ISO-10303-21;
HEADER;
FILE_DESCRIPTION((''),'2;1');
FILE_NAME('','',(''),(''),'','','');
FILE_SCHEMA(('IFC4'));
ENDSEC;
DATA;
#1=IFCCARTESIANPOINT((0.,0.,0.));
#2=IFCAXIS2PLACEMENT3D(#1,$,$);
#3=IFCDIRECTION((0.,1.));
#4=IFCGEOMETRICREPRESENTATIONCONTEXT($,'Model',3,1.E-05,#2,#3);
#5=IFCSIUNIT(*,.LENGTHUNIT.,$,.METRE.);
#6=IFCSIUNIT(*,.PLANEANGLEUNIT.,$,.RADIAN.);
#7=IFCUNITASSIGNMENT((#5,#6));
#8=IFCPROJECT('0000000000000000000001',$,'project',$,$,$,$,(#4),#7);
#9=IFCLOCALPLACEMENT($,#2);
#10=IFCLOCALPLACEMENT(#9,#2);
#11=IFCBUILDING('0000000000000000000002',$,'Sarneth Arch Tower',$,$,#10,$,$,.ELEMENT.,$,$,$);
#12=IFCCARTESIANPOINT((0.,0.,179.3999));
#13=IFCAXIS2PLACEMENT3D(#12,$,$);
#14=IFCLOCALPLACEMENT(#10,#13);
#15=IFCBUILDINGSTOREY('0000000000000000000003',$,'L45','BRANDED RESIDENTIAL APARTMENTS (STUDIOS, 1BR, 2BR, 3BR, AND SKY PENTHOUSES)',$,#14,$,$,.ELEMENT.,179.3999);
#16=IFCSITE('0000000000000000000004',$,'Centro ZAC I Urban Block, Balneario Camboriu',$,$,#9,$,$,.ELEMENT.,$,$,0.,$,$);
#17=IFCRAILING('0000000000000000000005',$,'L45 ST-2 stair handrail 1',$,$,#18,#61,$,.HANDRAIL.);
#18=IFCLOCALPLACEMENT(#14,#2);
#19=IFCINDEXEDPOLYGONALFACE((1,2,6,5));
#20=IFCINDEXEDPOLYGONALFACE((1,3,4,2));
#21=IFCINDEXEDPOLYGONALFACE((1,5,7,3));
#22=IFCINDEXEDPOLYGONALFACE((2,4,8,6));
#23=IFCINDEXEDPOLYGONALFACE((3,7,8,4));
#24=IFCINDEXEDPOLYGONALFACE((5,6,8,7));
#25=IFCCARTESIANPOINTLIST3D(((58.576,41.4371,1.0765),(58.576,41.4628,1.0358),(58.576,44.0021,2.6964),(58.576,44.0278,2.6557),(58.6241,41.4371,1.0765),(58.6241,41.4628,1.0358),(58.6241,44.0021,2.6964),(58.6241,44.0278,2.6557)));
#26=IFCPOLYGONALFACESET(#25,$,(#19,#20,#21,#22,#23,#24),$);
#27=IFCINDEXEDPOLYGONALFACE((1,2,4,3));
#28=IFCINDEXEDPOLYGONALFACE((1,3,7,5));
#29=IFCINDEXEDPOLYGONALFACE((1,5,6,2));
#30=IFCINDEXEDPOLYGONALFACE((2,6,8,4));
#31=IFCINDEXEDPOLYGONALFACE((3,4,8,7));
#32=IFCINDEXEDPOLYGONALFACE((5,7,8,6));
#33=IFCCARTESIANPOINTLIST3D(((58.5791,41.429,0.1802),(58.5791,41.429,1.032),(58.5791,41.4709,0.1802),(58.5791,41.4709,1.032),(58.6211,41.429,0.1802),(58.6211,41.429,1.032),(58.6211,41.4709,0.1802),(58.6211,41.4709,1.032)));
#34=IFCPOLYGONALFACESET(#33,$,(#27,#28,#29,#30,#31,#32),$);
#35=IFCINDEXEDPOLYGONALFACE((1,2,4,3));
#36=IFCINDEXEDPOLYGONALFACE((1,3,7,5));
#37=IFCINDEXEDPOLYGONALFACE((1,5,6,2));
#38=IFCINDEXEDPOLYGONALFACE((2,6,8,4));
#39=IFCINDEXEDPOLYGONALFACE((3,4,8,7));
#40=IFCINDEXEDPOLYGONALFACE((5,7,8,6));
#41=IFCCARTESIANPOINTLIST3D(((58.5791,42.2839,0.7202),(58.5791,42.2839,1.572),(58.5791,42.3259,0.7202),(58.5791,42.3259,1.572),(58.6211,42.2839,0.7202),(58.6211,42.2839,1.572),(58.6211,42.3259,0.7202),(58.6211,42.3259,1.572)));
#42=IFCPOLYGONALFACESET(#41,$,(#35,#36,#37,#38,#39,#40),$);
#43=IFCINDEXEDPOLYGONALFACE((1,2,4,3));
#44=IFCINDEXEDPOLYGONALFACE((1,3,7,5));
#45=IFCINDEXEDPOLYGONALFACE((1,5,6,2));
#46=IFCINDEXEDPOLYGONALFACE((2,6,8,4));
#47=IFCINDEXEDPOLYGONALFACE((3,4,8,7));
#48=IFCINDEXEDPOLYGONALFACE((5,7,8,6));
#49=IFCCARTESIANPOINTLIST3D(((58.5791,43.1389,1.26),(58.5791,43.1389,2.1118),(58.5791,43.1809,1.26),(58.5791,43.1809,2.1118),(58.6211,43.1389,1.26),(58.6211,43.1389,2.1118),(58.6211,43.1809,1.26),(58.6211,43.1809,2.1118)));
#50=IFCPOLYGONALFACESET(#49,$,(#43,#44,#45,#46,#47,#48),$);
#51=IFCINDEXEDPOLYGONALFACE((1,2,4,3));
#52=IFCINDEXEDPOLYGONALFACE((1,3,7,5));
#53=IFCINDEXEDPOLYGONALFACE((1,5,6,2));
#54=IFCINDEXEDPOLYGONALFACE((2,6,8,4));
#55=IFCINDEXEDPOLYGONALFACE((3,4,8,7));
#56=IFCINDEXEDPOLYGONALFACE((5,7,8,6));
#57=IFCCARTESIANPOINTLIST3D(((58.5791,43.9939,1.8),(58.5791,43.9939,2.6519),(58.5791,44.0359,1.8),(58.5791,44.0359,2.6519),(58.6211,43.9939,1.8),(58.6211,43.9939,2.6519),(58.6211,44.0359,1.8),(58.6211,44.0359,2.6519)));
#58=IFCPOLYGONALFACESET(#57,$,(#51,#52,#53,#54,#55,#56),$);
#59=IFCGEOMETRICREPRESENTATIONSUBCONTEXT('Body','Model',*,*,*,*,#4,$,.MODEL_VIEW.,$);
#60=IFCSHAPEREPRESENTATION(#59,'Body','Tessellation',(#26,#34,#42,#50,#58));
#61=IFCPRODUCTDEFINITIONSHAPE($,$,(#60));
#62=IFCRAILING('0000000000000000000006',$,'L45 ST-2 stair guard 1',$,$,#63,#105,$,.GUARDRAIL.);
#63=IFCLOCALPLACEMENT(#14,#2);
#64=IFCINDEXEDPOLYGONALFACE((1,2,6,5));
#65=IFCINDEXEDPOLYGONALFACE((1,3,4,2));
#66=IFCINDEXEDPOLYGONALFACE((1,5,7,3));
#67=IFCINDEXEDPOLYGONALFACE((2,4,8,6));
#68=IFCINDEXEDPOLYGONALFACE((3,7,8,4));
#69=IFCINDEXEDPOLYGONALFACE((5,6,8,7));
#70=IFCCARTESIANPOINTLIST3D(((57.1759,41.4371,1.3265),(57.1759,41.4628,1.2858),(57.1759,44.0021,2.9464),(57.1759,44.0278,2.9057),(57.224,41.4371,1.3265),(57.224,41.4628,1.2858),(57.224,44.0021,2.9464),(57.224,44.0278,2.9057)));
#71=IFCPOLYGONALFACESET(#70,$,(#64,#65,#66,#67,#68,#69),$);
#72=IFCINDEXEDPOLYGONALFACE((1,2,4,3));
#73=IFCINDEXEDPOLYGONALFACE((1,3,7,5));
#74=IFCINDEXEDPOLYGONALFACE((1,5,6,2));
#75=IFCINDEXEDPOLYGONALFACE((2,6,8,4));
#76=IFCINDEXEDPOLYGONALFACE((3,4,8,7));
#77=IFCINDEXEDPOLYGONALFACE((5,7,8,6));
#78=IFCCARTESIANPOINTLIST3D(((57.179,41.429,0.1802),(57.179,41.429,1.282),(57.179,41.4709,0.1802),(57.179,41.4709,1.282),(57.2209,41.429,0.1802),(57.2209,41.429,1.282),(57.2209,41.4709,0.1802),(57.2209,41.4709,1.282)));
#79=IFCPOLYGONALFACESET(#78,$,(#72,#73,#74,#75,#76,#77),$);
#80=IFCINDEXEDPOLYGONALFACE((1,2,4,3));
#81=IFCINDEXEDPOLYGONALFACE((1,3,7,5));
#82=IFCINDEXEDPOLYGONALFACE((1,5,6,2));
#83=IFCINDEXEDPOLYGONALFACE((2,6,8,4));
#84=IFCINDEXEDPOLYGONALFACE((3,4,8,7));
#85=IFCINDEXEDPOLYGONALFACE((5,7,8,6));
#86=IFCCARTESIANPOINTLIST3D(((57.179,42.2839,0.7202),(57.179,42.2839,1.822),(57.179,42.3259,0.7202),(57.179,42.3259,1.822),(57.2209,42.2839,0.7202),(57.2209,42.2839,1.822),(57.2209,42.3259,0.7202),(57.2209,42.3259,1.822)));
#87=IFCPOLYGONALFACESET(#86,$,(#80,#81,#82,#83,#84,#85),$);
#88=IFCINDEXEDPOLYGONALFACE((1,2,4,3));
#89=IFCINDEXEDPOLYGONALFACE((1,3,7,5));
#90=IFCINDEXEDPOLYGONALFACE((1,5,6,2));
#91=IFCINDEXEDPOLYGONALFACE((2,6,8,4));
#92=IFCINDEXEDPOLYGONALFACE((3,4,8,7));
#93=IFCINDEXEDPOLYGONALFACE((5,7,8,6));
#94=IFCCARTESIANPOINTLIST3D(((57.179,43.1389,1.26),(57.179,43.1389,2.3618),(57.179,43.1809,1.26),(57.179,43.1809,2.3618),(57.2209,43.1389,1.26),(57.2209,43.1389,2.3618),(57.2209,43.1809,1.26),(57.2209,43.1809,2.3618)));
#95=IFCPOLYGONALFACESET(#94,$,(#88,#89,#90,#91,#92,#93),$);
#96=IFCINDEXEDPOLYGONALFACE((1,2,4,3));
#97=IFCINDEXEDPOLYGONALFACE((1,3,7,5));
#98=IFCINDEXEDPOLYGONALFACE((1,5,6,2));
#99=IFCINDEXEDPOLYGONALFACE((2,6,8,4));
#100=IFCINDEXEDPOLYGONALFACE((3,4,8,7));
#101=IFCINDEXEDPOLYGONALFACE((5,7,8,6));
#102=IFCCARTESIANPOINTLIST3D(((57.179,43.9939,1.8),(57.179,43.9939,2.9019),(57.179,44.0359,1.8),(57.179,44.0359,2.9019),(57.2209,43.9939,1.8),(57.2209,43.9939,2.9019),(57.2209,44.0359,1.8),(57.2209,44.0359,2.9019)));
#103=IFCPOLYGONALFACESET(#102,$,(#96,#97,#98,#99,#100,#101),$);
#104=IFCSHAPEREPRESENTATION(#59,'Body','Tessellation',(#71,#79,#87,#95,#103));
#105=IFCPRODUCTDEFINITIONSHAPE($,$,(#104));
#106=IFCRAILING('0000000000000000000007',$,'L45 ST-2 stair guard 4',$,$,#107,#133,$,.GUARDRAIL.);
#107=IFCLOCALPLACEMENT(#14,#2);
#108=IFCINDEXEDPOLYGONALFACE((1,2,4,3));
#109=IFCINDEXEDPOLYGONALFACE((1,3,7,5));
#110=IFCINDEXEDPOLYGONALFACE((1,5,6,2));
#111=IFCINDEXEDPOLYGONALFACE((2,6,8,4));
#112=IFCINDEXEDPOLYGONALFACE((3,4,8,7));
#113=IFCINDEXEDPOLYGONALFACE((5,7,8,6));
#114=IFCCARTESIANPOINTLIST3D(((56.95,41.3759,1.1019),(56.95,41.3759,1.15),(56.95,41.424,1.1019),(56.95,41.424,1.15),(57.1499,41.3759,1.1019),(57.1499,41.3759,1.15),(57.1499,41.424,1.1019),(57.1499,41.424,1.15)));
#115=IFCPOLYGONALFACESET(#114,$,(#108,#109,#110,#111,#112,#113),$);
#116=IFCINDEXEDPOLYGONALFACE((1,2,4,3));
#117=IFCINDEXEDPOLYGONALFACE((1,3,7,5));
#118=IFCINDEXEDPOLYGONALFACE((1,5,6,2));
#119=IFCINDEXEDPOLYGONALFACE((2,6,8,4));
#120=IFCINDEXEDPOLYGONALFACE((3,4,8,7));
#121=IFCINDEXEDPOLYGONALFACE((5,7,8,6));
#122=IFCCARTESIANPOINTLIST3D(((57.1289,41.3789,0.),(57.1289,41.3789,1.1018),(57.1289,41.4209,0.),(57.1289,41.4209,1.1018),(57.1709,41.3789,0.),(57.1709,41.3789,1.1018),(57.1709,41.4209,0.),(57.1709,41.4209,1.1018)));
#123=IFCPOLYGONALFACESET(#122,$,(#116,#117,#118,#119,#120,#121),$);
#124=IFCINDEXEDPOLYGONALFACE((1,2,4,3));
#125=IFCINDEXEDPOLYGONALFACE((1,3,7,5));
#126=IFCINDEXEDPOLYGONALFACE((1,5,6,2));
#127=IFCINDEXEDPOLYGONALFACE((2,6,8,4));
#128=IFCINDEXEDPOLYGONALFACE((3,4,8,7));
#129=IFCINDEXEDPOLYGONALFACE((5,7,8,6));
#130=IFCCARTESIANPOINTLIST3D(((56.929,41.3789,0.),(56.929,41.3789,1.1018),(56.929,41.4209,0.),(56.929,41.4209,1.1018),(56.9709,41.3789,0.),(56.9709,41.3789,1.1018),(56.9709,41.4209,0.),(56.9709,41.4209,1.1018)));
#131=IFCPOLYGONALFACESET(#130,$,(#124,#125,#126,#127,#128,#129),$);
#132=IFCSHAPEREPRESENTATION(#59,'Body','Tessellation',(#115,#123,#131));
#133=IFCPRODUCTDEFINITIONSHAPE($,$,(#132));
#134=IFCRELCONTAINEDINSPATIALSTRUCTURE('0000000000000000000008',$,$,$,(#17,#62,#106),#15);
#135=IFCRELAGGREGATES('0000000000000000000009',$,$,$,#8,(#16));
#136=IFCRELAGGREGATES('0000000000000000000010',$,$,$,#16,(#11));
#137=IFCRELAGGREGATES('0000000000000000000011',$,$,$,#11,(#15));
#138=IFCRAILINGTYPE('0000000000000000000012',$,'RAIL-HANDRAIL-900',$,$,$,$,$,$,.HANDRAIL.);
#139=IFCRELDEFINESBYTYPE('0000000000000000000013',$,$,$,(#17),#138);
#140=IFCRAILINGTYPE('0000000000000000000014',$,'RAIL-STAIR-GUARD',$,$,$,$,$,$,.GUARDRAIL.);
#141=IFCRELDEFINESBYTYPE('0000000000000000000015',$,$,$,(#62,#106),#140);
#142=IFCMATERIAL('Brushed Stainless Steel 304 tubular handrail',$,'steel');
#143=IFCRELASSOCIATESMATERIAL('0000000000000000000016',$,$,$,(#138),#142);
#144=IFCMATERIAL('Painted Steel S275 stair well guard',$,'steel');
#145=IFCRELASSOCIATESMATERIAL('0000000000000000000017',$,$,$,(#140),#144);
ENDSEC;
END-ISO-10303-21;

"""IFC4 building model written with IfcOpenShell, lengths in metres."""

from ifc_helpers import new_model, si_unit, direction, frame, origin, origin_2d, place, context, subcontext, project, spatial, rectangle, extrude, material, type_object, element, save


model = new_model("IFC4")

# Units and contexts
model_context = context("Model", 3, precision=1e-05, world=origin(), true_north=direction((0.0, 1.0)))
body_context = subcontext(model_context, "Body", "Model", "MODEL_VIEW")
ifc_project = project(units=[si_unit("LENGTHUNIT", "METRE"), si_unit("PLANEANGLEUNIT", "RADIAN")], contexts=[model_context])

# Site, building, storey
site_placement = place(None, origin())
site = spatial("IfcSite", under=ifc_project, at=site_placement, Name="Centro ZAC I Urban Block, Balneario Camboriu", CompositionType="ELEMENT", RefElevation=0.0)
building_placement = place(site_placement, origin())
building = spatial("IfcBuilding", under=site, at=building_placement, Name="Sarneth Arch Tower", CompositionType="ELEMENT")
storey_placement = place(building_placement, frame((0.0, 0.0, 179.3999)))
storey = spatial("IfcBuildingStorey", under=building, at=storey_placement, Name="L45", Description="BRANDED RESIDENTIAL APARTMENTS (STUDIOS, 1BR, 2BR, 3BR, AND SKY PENTHOUSES)", CompositionType="ELEMENT", Elevation=179.3999)

# Railings
ifc_material_1 = material(Name="Brushed Stainless Steel 304 tubular handrail", Category="steel")
railing_type_1 = type_object("IfcRailingType", Name="RAIL-HANDRAIL-900", PredefinedType="HANDRAIL", material=ifc_material_1)
railing_1_placement = place(storey_placement, frame((58.6001, 41.45, 0.1802)))
element("IfcRailing", 1, at=railing_1_placement, inside=storey, type_object=railing_type_1, Name="L45 ST-2 stair handrail 1", PredefinedType="HANDRAIL", context=body_context, shape_type="SweptSolid", body=[
    extrude(rectangle(XDim=0.0481, YDim=0.0481, at=origin_2d()), frame((0.0, 0.0, 0.876), z_axis=(0.0, 0.845502, 0.533972), x_axis=(-1.0, 0.0, 0.0)), (0.0, 0.0, 1.0), 3.0337),
    extrude(rectangle(XDim=0.042, YDim=0.042, at=origin_2d()), origin(), (0.0, 0.0, 1.0), 0.8518),
    extrude(rectangle(XDim=0.042, YDim=0.042, at=origin_2d()), frame((0.0, 0.855, 0.54)), (0.0, 0.0, 1.0), 0.8518),
    extrude(rectangle(XDim=0.042, YDim=0.042, at=origin_2d()), frame((0.0, 1.71, 1.0798)), (0.0, 0.0, 1.0), 0.8518),
    extrude(rectangle(XDim=0.042, YDim=0.042, at=origin_2d()), frame((0.0, 2.5649, 1.6199)), (0.0, 0.0, 1.0), 0.8518),
])
ifc_material_2 = material(Name="Painted Steel S275 stair well guard", Category="steel")
railing_type_2 = type_object("IfcRailingType", Name="RAIL-STAIR-GUARD", PredefinedType="GUARDRAIL", material=ifc_material_2)
railing_2_placement = place(storey_placement, frame((57.2, 41.45, 0.1802)))
element("IfcRailing", 2, at=railing_2_placement, inside=storey, type_object=railing_type_2, Name="L45 ST-2 stair guard 1", PredefinedType="GUARDRAIL", context=body_context, shape_type="SweptSolid", body=[
    extrude(rectangle(XDim=0.0481, YDim=0.0481, at=origin_2d()), frame((0.0, 0.0, 1.126), z_axis=(0.0, 0.845502, 0.533972), x_axis=(-1.0, 0.0, 0.0)), (0.0, 0.0, 1.0), 3.0337),
    extrude(rectangle(XDim=0.042, YDim=0.042, at=origin_2d()), origin(), (0.0, 0.0, 1.0), 1.1018),
    extrude(rectangle(XDim=0.042, YDim=0.042, at=origin_2d()), frame((0.0, 0.855, 0.54)), (0.0, 0.0, 1.0), 1.1018),
    extrude(rectangle(XDim=0.042, YDim=0.042, at=origin_2d()), frame((0.0, 1.71, 1.0798)), (0.0, 0.0, 1.0), 1.1018),
    extrude(rectangle(XDim=0.042, YDim=0.042, at=origin_2d()), frame((0.0, 2.5649, 1.6199)), (0.0, 0.0, 1.0), 1.1018),
])
railing_3_placement = place(storey_placement, frame((57.1499, 41.3999, 0.0)))
element("IfcRailing", 3, at=railing_3_placement, inside=storey, type_object=railing_type_2, Name="L45 ST-2 stair guard 4", PredefinedType="GUARDRAIL", context=body_context, shape_type="SweptSolid", body=[
    extrude(rectangle(XDim=0.0481, YDim=0.0481, at=origin_2d()), frame((0.0, 0.0, 1.126), z_axis=(-1.0, 0.0, 0.0), x_axis=(0.0, -1.0, 0.0)), (0.0, 0.0, 1.0), 0.2),
    extrude(rectangle(XDim=0.042, YDim=0.042, at=origin_2d()), origin(), (0.0, 0.0, 1.0), 1.1018),
    extrude(rectangle(XDim=0.042, YDim=0.042, at=origin_2d()), frame((-0.2, 0.0, 0.0)), (0.0, 0.0, 1.0), 1.1018),
])

save(model, "model.ifc")
